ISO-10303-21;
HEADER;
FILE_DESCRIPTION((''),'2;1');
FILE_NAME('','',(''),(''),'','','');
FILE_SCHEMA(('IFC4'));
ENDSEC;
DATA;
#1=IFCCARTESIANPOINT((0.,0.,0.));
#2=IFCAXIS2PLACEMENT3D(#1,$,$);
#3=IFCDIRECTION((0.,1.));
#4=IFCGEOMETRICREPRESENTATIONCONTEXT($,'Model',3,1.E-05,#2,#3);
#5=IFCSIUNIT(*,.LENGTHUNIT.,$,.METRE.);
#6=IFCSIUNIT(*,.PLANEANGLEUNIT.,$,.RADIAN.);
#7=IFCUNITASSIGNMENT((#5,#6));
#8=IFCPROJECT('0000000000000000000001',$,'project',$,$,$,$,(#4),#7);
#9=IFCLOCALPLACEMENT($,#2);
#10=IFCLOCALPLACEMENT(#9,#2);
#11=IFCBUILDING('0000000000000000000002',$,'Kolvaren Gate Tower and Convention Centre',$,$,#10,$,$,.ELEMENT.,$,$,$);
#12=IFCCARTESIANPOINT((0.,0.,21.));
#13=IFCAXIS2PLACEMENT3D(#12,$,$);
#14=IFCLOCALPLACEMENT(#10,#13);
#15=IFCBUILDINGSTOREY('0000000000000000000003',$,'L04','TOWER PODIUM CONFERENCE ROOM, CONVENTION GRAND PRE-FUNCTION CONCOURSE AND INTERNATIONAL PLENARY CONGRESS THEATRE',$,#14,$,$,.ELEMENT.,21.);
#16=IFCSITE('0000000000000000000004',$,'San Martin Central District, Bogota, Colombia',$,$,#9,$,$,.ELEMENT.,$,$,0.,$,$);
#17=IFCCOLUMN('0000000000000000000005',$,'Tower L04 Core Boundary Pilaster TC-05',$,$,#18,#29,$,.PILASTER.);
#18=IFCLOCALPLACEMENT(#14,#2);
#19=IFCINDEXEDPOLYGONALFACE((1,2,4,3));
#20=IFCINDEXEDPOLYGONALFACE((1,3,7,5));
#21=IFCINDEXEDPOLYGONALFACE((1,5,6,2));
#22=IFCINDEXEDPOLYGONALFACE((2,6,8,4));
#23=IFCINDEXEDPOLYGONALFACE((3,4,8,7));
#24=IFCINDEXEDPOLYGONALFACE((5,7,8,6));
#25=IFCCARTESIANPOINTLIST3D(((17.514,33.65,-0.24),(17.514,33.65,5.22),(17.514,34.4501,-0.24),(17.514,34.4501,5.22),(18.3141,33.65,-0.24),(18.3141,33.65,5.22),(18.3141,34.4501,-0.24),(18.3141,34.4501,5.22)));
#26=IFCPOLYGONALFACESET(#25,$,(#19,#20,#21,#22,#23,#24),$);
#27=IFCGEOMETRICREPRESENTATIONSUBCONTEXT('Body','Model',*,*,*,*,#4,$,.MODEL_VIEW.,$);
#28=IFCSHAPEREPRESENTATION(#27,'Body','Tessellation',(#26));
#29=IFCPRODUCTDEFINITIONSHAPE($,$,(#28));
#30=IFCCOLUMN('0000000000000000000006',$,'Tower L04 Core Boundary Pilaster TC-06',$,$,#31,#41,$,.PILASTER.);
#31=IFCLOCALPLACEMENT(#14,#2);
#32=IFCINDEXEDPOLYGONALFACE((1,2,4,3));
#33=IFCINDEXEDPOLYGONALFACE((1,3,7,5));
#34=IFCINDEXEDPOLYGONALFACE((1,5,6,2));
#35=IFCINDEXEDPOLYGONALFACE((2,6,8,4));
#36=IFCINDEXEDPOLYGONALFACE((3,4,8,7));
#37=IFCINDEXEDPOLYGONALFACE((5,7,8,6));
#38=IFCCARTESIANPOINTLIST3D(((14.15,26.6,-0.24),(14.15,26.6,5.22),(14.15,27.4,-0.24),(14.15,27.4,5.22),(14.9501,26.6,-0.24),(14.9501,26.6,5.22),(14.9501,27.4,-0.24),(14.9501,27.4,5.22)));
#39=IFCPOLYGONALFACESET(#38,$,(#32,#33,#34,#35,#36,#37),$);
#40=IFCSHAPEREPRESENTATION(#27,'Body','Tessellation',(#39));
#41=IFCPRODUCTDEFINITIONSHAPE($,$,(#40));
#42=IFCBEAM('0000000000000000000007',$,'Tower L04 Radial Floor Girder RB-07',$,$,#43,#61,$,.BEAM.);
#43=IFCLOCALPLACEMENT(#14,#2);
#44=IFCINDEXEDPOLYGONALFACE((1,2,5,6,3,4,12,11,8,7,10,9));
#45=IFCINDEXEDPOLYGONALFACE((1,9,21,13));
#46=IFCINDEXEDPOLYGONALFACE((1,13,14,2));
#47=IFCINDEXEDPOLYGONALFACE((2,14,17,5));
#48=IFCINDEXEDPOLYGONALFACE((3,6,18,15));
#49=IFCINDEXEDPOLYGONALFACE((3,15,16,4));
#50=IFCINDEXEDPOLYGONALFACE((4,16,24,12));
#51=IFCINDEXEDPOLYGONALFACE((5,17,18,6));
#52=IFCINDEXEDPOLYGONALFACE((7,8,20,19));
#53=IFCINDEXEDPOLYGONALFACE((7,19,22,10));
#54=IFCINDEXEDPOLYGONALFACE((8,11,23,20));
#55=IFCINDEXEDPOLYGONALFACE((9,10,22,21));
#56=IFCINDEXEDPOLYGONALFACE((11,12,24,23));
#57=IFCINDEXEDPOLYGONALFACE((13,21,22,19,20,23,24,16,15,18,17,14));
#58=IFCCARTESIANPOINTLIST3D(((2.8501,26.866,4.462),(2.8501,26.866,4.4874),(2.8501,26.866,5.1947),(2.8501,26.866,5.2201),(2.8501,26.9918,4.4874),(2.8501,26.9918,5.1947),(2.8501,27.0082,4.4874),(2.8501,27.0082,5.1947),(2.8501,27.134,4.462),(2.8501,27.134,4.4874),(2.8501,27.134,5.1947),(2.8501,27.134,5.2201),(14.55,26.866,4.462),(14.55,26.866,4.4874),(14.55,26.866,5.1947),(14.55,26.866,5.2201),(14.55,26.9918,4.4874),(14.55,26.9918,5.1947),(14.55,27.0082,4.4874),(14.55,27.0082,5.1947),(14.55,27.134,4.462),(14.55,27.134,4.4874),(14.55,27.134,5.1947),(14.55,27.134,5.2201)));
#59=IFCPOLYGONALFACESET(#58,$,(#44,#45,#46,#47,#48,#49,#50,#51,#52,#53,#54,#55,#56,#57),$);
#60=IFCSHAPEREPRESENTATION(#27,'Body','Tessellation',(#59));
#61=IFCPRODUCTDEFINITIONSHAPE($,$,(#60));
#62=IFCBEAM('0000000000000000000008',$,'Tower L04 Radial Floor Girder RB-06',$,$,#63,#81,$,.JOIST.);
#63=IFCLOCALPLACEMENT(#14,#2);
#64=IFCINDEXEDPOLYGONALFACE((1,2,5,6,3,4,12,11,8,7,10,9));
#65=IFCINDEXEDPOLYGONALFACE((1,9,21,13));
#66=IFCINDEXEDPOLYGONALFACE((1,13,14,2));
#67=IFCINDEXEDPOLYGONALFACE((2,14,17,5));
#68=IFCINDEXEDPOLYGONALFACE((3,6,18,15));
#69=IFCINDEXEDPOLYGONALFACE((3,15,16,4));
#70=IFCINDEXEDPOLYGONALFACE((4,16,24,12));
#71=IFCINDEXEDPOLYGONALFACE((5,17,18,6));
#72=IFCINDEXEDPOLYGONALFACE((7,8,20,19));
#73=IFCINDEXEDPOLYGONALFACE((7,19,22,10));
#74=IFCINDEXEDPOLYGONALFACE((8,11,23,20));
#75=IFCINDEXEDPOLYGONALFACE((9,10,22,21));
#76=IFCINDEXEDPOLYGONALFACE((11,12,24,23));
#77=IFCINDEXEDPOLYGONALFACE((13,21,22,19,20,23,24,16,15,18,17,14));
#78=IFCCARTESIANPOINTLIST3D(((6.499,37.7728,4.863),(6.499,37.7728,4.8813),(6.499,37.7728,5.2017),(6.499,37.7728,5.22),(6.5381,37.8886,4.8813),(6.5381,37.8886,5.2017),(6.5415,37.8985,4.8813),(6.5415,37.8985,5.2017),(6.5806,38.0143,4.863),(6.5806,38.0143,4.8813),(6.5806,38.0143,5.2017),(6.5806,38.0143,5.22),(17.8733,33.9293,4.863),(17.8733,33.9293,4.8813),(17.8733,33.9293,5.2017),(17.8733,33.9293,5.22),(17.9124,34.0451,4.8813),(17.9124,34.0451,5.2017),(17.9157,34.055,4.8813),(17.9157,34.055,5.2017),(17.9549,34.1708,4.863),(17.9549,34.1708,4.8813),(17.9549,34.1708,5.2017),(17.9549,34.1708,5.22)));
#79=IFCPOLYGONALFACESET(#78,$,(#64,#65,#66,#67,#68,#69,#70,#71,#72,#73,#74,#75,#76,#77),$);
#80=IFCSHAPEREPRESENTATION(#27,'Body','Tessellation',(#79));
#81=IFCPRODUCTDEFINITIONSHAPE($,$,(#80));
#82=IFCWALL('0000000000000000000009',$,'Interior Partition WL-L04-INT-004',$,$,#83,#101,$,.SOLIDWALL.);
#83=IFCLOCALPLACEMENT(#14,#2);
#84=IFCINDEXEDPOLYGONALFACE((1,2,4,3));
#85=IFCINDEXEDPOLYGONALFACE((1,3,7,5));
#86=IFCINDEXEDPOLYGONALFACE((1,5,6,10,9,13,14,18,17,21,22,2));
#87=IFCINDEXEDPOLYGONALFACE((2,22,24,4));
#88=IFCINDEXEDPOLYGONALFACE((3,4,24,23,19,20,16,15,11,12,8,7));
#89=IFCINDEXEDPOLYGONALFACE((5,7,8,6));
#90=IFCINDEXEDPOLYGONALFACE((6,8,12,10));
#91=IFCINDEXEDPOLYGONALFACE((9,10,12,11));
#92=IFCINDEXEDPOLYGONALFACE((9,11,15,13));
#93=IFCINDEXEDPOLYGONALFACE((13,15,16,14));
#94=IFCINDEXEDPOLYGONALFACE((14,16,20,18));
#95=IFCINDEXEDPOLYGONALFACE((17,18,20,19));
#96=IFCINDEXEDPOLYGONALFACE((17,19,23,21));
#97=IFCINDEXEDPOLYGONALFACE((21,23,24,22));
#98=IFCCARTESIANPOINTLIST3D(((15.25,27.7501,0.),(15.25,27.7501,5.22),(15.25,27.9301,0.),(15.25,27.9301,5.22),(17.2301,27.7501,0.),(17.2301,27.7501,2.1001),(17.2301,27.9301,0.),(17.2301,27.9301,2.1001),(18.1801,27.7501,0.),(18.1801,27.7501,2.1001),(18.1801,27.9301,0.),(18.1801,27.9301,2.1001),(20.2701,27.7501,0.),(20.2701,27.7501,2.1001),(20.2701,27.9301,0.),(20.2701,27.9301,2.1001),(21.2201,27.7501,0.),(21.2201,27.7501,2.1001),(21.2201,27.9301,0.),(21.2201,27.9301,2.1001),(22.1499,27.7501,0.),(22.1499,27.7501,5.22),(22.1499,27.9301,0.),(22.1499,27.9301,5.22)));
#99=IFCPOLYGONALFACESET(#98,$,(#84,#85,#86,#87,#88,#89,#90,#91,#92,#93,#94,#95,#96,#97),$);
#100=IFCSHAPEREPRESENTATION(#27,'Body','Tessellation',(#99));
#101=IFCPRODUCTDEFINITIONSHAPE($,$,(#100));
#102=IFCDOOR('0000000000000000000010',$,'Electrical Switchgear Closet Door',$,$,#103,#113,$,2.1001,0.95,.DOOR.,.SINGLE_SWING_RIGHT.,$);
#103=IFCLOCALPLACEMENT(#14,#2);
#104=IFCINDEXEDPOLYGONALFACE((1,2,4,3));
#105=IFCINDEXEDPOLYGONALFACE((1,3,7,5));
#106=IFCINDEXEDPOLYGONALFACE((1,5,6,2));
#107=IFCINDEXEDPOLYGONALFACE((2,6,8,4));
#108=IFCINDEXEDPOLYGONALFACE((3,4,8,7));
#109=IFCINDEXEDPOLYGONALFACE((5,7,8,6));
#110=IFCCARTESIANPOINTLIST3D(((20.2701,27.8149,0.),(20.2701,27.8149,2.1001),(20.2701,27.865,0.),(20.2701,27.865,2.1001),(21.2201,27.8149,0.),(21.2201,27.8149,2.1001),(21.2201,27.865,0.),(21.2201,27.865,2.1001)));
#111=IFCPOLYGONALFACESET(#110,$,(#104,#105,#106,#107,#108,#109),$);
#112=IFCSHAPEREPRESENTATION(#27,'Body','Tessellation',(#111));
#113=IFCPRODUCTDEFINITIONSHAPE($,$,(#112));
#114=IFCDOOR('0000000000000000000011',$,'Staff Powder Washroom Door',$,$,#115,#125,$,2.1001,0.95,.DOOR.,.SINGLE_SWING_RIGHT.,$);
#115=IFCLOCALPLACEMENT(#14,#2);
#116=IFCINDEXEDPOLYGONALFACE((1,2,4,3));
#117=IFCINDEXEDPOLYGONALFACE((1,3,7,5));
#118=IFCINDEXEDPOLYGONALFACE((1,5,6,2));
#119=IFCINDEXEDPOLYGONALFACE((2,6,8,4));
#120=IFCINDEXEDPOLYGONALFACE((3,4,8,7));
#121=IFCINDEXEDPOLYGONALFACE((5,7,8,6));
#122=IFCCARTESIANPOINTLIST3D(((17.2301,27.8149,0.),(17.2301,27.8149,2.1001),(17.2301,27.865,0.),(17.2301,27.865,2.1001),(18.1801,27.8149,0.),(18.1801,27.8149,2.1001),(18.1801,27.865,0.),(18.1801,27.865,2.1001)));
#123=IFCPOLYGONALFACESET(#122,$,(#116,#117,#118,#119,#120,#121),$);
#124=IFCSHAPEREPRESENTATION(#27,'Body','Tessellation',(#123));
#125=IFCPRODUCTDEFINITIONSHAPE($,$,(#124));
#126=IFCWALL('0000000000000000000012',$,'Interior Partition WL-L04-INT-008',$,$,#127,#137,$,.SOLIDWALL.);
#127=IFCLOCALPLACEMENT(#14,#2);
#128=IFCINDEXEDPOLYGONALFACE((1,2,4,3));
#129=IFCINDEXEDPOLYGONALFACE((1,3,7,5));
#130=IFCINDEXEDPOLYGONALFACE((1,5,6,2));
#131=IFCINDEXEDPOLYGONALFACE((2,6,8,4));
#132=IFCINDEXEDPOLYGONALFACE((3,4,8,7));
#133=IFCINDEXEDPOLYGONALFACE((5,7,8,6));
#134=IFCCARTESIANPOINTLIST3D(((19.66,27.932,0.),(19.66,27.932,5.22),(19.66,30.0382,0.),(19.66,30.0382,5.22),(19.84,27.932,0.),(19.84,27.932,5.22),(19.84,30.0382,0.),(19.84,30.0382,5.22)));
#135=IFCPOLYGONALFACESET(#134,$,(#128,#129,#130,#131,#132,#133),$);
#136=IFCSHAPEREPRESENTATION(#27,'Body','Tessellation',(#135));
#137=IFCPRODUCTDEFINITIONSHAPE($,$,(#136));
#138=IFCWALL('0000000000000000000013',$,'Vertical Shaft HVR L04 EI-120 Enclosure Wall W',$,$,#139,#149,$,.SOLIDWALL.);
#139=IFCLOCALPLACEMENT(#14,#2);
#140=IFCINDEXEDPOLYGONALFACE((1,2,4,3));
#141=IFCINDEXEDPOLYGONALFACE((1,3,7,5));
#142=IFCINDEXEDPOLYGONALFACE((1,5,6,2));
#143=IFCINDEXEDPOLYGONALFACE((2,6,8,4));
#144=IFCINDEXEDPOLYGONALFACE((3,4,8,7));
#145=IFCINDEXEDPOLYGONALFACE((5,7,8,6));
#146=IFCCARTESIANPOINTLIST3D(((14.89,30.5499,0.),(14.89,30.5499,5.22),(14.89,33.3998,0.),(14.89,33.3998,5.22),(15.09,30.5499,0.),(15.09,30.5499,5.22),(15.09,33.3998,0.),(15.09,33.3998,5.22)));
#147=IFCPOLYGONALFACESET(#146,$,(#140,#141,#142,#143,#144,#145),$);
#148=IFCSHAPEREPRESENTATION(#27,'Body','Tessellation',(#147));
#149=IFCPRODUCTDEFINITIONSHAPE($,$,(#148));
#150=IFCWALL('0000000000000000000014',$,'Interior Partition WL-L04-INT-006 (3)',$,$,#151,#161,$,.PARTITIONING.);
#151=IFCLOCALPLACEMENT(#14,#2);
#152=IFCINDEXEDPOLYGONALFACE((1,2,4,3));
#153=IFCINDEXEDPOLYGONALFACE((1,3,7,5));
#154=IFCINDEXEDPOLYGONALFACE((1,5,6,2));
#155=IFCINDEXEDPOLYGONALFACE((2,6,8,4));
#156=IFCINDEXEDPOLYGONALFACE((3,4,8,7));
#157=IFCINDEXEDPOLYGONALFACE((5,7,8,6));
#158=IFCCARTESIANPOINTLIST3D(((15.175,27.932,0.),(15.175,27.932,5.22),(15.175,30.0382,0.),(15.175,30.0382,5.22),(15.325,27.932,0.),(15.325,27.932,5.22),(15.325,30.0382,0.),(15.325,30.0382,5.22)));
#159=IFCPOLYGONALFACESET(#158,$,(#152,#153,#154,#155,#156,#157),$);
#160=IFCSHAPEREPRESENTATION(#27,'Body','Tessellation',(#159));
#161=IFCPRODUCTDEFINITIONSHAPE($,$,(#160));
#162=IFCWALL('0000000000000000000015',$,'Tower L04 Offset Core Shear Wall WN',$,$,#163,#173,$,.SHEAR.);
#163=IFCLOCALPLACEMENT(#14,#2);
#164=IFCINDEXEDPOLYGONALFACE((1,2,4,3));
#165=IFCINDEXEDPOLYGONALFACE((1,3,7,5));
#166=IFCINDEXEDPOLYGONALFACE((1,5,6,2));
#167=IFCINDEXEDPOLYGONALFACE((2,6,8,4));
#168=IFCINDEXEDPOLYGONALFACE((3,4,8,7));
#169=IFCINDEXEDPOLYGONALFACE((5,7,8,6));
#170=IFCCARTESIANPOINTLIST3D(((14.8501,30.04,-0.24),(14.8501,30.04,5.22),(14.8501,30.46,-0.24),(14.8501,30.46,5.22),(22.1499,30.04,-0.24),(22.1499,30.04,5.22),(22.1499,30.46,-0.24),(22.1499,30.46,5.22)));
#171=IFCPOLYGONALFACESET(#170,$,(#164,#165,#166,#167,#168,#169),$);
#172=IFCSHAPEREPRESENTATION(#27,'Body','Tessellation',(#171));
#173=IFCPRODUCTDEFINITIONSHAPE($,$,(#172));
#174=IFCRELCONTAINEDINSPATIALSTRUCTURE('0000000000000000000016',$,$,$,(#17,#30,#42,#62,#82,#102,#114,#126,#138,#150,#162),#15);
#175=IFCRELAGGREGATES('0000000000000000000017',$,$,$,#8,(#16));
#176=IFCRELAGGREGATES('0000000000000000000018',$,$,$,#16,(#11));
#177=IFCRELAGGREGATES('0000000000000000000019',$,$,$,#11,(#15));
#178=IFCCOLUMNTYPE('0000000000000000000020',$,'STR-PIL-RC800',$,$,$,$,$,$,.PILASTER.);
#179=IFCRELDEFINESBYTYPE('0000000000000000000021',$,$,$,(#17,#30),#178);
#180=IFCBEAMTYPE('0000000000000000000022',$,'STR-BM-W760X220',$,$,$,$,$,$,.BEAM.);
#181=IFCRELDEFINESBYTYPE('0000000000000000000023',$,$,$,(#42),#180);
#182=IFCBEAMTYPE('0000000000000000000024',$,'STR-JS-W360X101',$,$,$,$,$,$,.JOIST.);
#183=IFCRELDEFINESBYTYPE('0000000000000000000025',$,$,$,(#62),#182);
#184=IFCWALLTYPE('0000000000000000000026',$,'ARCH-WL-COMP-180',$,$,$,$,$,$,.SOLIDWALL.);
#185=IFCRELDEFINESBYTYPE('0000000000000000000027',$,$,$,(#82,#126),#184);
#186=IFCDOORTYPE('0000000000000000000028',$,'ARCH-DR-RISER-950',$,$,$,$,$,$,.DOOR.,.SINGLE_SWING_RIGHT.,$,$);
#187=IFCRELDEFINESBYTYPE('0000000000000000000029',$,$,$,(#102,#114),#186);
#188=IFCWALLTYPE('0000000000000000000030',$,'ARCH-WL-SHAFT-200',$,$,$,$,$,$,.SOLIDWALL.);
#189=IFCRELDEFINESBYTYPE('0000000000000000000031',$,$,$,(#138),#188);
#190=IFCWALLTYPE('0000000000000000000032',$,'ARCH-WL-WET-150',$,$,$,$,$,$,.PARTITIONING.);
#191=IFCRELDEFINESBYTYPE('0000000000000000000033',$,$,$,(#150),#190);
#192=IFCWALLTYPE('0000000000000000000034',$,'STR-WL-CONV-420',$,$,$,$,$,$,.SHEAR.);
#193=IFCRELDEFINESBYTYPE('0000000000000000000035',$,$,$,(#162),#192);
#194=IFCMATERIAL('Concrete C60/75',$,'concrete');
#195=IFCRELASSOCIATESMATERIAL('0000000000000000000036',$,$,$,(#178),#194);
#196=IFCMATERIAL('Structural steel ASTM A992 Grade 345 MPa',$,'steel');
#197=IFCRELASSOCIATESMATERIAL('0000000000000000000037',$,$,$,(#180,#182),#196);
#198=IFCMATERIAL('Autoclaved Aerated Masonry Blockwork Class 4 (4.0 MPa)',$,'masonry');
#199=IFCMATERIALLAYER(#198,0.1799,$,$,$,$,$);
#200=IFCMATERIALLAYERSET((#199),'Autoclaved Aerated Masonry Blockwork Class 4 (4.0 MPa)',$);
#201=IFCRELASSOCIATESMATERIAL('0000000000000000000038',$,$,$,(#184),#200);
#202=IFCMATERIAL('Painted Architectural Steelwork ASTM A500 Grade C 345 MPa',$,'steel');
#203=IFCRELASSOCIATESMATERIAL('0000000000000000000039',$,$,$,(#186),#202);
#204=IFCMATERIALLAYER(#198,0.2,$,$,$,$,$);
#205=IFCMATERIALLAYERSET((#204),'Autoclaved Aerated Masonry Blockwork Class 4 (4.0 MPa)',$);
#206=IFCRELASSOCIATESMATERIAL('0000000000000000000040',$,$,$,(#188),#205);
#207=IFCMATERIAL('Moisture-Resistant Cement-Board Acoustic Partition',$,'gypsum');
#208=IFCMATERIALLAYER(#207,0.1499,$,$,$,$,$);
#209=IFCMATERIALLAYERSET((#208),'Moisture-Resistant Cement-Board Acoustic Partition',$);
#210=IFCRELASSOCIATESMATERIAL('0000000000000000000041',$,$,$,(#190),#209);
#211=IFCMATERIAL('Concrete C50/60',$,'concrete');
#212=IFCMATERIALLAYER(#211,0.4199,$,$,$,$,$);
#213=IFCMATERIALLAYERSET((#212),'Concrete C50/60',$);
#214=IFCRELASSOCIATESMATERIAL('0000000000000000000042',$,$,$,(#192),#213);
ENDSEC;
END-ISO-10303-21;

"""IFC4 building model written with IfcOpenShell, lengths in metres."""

from ifc_helpers import new_model, si_unit, direction, frame, frame_2d, origin, origin_2d, place, context, subcontext, project, spatial, rectangle, i_section, extrude, material, layer, layer_set, material_profile, profile_set, type_object, element, fill, save


model = new_model("IFC4")

# Units and contexts
model_context = context("Model", 3, precision=1e-05, world=origin(), true_north=direction((0.0, 1.0)))
body_context = subcontext(model_context, "Body", "Model", "MODEL_VIEW")
ifc_project = project(units=[si_unit("LENGTHUNIT", "METRE"), si_unit("PLANEANGLEUNIT", "RADIAN")], contexts=[model_context])

# Site, building, storey
site_placement = place(None, origin())
site = spatial("IfcSite", under=ifc_project, at=site_placement, Name="San Martin Central District, Bogota, Colombia", CompositionType="ELEMENT", RefElevation=0.0)
building_placement = place(site_placement, origin())
building = spatial("IfcBuilding", under=site, at=building_placement, Name="Kolvaren Gate Tower and Convention Centre", CompositionType="ELEMENT")
storey_placement = place(building_placement, frame((0.0, 0.0, 21.0)))
storey = spatial("IfcBuildingStorey", under=building, at=storey_placement, Name="L04", Description="TOWER PODIUM CONFERENCE ROOM, CONVENTION GRAND PRE-FUNCTION CONCOURSE AND INTERNATIONAL PLENARY CONGRESS THEATRE", CompositionType="ELEMENT", Elevation=21.0)

# Columns
ifc_material_1 = material(Name="Concrete C60/75", Category="concrete")
ifc_material_profile_1 = material_profile(ifc_material_1, rectangle(XDim=0.8, YDim=0.8, at=origin_2d()), Name="RC-COL-800X800")
ifc_profile_set_1 = profile_set([ifc_material_profile_1], Name="Concrete C60/75")
column_type = type_object("IfcColumnType", Name="STR-PIL-RC800", PredefinedType="PILASTER", material=ifc_profile_set_1)
for number, where, z_axis, x_axis, name in (
    (1, (17.9141, 34.05, -0.24), (0.0, 0.0, 1.0), (1.0, 0.0, 0.0), "Tower L04 Core Boundary Pilaster TC-05"),
    (2, (14.55, 27.0, -0.24), (0.0, 0.0, 1.0), (1.0, 0.0, 0.0), "Tower L04 Core Boundary Pilaster TC-06"),
):
    element("IfcColumn", number, at=place(storey_placement, frame(where, z_axis=z_axis, x_axis=x_axis)), inside=storey, type_object=column_type, Name=name, PredefinedType="PILASTER", context=body_context, shape_type="SweptSolid", body=[
        extrude(rectangle(XDim=0.8, YDim=0.8, at=origin_2d()), origin(), (0.0, 0.0, 1.0), 5.46),
    ])

# Beams
ifc_material_2 = material(Name="Structural steel ASTM A992 Grade 345 MPa", Category="steel")
ifc_material_profile_2 = material_profile(ifc_material_2, i_section(OverallWidth=0.2681, OverallDepth=0.7581, WebThickness=0.0164, FlangeThickness=0.0254, at=origin_2d()), Name="W760X220")
ifc_profile_set_2 = profile_set([ifc_material_profile_2], Name="Structural steel ASTM A992 Grade 345 MPa")
beam_type_1 = type_object("IfcBeamType", Name="STR-BM-W760X220", PredefinedType="BEAM", material=ifc_profile_set_2)
beam_1_placement = place(storey_placement, frame((14.55, 27.0, 4.8411), z_axis=(-1.0, 0.0, 0.0), x_axis=(0.0, -1.0, 0.0)))
element("IfcBeam", 3, at=beam_1_placement, inside=storey, type_object=beam_type_1, Name="Tower L04 Radial Floor Girder RB-07", PredefinedType="BEAM", context=body_context, shape_type="SweptSolid", body=[
    extrude(i_section(OverallWidth=0.2681, OverallDepth=0.7581, WebThickness=0.0164, FlangeThickness=0.0254, at=origin_2d()), origin(), (0.0, 0.0, 1.0), 11.7),
])
ifc_material_profile_3 = material_profile(ifc_material_2, i_section(OverallWidth=0.2549, OverallDepth=0.3569, WebThickness=0.0105, FlangeThickness=0.0183, at=origin_2d()), Name="W360X101")
ifc_profile_set_3 = profile_set([ifc_material_profile_3], Name="Structural steel ASTM A992 Grade 345 MPa")
beam_type_2 = type_object("IfcBeamType", Name="STR-JS-W360X101", PredefinedType="JOIST", material=ifc_profile_set_3)
beam_2_placement = place(storey_placement, frame((17.9141, 34.05, 5.0415), z_axis=(-0.947374, 0.320129, 0.0), x_axis=(-0.320129, -0.947374, 0.0)))
element("IfcBeam", 4, at=beam_2_placement, inside=storey, type_object=beam_type_2, Name="Tower L04 Radial Floor Girder RB-06", PredefinedType="JOIST", context=body_context, shape_type="SweptSolid", body=[
    extrude(i_section(OverallWidth=0.2549, OverallDepth=0.3569, WebThickness=0.0105, FlangeThickness=0.0183, at=origin_2d()), origin(), (0.0, 0.0, 1.0), 12.0061),
])

# Wall, openings, doors
ifc_material_3 = material(Name="Autoclaved Aerated Masonry Blockwork Class 4 (4.0 MPa)", Category="masonry")
ifc_layer_1 = layer(ifc_material_3, 0.1799)
ifc_layer_set_1 = layer_set([ifc_layer_1], Name="Autoclaved Aerated Masonry Blockwork Class 4 (4.0 MPa)")
wall_type_1 = type_object("IfcWallType", Name="ARCH-WL-COMP-180", PredefinedType="SOLIDWALL", material=ifc_layer_set_1)
wall_1_placement = place(storey_placement, frame((15.25, 27.8401, 0.0), z_axis=(0.0, 0.0, 1.0), x_axis=(1.0, 0.0, 0.0)))
wall_1 = element("IfcWall", 5, at=wall_1_placement, inside=storey, type_object=wall_type_1, Name="Interior Partition WL-L04-INT-004", PredefinedType="SOLIDWALL", context=body_context, shape_type="SweptSolid", body=[
    extrude(rectangle(XDim=6.8999, YDim=0.1799, at=frame_2d((3.45, 0.0))), origin(), (0.0, 0.0, 1.0), 5.22),
])
opening_1_placement = place(wall_1_placement, frame((5.02, 0.0, 0.0)))
opening_1 = element("IfcOpeningElement", 6, at=opening_1_placement, cuts=wall_1, PredefinedType="OPENING", context=body_context, shape_type="SweptSolid", body=[
    extrude(rectangle(XDim=0.95, YDim=2.1001, at=frame_2d((0.4751, 1.05))), frame((0.0, 0.0999, 0.0), z_axis=(0.0, -1.0, 0.0), x_axis=(1.0, 0.0, 0.0)), (0.0, 0.0, 1.0), 0.2),
])
opening_2_placement = place(wall_1_placement, frame((1.98, 0.0, 0.0)))
opening_2 = element("IfcOpeningElement", 7, at=opening_2_placement, cuts=wall_1, PredefinedType="OPENING", context=body_context, shape_type="SweptSolid", body=[
    extrude(rectangle(XDim=0.95, YDim=2.1001, at=frame_2d((0.4751, 1.05))), frame((0.0, 0.0999, 0.0), z_axis=(0.0, -1.0, 0.0), x_axis=(1.0, 0.0, 0.0)), (0.0, 0.0, 1.0), 0.2),
])
ifc_material_4 = material(Name="Painted Architectural Steelwork ASTM A500 Grade C 345 MPa", Category="steel")
door_type = type_object("IfcDoorType", Name="ARCH-DR-RISER-950", OperationType="SINGLE_SWING_RIGHT", PredefinedType="DOOR", material=ifc_material_4)
door_1_placement = place(opening_1_placement, origin())
door_1 = element("IfcDoor", 8, at=door_1_placement, inside=storey, type_object=door_type, Name="Electrical Switchgear Closet Door", OperationType="SINGLE_SWING_RIGHT", OverallHeight=2.1001, OverallWidth=0.95, PredefinedType="DOOR", context=body_context, shape_type="SweptSolid", body=[
    extrude(rectangle(XDim=0.95, YDim=2.1001, at=frame_2d((0.4751, 1.05))), frame((0.0, 0.0249, 0.0), z_axis=(0.0, -1.0, 0.0), x_axis=(1.0, 0.0, 0.0)), (0.0, 0.0, 1.0), 0.05),
])
fill(opening_1, door_1)
door_2_placement = place(opening_2_placement, origin())
door_2 = element("IfcDoor", 9, at=door_2_placement, inside=storey, type_object=door_type, Name="Staff Powder Washroom Door", OperationType="SINGLE_SWING_RIGHT", OverallHeight=2.1001, OverallWidth=0.95, PredefinedType="DOOR", context=body_context, shape_type="SweptSolid", body=[
    extrude(rectangle(XDim=0.95, YDim=2.1001, at=frame_2d((0.4751, 1.05))), frame((0.0, 0.0249, 0.0), z_axis=(0.0, -1.0, 0.0), x_axis=(1.0, 0.0, 0.0)), (0.0, 0.0, 1.0), 0.05),
])
fill(opening_2, door_2)

# Walls
wall_2_placement = place(storey_placement, frame((19.75, 27.9319, 0.0), z_axis=(0.0, 0.0, 1.0), x_axis=(0.0, 1.0, 0.0)))
element("IfcWall", 10, at=wall_2_placement, inside=storey, type_object=wall_type_1, Name="Interior Partition WL-L04-INT-008", PredefinedType="SOLIDWALL", context=body_context, shape_type="SweptSolid", body=[
    extrude(rectangle(XDim=2.1062, YDim=0.1799, at=frame_2d((1.0532, 0.0))), origin(), (0.0, 0.0, 1.0), 5.22),
])
ifc_layer_2 = layer(ifc_material_3, 0.2)
ifc_layer_set_2 = layer_set([ifc_layer_2], Name="Autoclaved Aerated Masonry Blockwork Class 4 (4.0 MPa)")
wall_type_2 = type_object("IfcWallType", Name="ARCH-WL-SHAFT-200", PredefinedType="SOLIDWALL", material=ifc_layer_set_2)
wall_3_placement = place(storey_placement, frame((14.99, 30.55, 0.0), z_axis=(0.0, 0.0, 1.0), x_axis=(0.0, 1.0, 0.0)))
element("IfcWall", 11, at=wall_3_placement, inside=storey, type_object=wall_type_2, Name="Vertical Shaft HVR L04 EI-120 Enclosure Wall W", PredefinedType="SOLIDWALL", context=body_context, shape_type="SweptSolid", body=[
    extrude(rectangle(XDim=2.8499, YDim=0.2, at=frame_2d((1.4248, 0.0))), origin(), (0.0, 0.0, 1.0), 5.22),
])
ifc_material_5 = material(Name="Moisture-Resistant Cement-Board Acoustic Partition", Category="gypsum")
ifc_layer_3 = layer(ifc_material_5, 0.1499)
ifc_layer_set_3 = layer_set([ifc_layer_3], Name="Moisture-Resistant Cement-Board Acoustic Partition")
wall_type_3 = type_object("IfcWallType", Name="ARCH-WL-WET-150", PredefinedType="PARTITIONING", material=ifc_layer_set_3)
wall_4_placement = place(storey_placement, frame((15.25, 27.9319, 0.0), z_axis=(0.0, 0.0, 1.0), x_axis=(0.0, 1.0, 0.0)))
element("IfcWall", 12, at=wall_4_placement, inside=storey, type_object=wall_type_3, Name="Interior Partition WL-L04-INT-006 (3)", PredefinedType="PARTITIONING", context=body_context, shape_type="SweptSolid", body=[
    extrude(rectangle(XDim=2.1062, YDim=0.1499, at=frame_2d((1.0532, 0.0))), origin(), (0.0, 0.0, 1.0), 5.22),
])
ifc_material_6 = material(Name="Concrete C50/60", Category="concrete")
ifc_layer_4 = layer(ifc_material_6, 0.4199)
ifc_layer_set_4 = layer_set([ifc_layer_4], Name="Concrete C50/60")
wall_type_4 = type_object("IfcWallType", Name="STR-WL-CONV-420", PredefinedType="SHEAR", material=ifc_layer_set_4)
wall_5_placement = place(storey_placement, frame((14.8501, 30.25, -0.24), z_axis=(0.0, 0.0, 1.0), x_axis=(1.0, 0.0, 0.0)))
element("IfcWall", 13, at=wall_5_placement, inside=storey, type_object=wall_type_4, Name="Tower L04 Offset Core Shear Wall WN", PredefinedType="SHEAR", context=body_context, shape_type="SweptSolid", body=[
    extrude(rectangle(XDim=7.2998, YDim=0.4199, at=frame_2d((3.6499, 0.0))), origin(), (0.0, 0.0, 1.0), 5.46),
])

save(model, "model.ifc")
